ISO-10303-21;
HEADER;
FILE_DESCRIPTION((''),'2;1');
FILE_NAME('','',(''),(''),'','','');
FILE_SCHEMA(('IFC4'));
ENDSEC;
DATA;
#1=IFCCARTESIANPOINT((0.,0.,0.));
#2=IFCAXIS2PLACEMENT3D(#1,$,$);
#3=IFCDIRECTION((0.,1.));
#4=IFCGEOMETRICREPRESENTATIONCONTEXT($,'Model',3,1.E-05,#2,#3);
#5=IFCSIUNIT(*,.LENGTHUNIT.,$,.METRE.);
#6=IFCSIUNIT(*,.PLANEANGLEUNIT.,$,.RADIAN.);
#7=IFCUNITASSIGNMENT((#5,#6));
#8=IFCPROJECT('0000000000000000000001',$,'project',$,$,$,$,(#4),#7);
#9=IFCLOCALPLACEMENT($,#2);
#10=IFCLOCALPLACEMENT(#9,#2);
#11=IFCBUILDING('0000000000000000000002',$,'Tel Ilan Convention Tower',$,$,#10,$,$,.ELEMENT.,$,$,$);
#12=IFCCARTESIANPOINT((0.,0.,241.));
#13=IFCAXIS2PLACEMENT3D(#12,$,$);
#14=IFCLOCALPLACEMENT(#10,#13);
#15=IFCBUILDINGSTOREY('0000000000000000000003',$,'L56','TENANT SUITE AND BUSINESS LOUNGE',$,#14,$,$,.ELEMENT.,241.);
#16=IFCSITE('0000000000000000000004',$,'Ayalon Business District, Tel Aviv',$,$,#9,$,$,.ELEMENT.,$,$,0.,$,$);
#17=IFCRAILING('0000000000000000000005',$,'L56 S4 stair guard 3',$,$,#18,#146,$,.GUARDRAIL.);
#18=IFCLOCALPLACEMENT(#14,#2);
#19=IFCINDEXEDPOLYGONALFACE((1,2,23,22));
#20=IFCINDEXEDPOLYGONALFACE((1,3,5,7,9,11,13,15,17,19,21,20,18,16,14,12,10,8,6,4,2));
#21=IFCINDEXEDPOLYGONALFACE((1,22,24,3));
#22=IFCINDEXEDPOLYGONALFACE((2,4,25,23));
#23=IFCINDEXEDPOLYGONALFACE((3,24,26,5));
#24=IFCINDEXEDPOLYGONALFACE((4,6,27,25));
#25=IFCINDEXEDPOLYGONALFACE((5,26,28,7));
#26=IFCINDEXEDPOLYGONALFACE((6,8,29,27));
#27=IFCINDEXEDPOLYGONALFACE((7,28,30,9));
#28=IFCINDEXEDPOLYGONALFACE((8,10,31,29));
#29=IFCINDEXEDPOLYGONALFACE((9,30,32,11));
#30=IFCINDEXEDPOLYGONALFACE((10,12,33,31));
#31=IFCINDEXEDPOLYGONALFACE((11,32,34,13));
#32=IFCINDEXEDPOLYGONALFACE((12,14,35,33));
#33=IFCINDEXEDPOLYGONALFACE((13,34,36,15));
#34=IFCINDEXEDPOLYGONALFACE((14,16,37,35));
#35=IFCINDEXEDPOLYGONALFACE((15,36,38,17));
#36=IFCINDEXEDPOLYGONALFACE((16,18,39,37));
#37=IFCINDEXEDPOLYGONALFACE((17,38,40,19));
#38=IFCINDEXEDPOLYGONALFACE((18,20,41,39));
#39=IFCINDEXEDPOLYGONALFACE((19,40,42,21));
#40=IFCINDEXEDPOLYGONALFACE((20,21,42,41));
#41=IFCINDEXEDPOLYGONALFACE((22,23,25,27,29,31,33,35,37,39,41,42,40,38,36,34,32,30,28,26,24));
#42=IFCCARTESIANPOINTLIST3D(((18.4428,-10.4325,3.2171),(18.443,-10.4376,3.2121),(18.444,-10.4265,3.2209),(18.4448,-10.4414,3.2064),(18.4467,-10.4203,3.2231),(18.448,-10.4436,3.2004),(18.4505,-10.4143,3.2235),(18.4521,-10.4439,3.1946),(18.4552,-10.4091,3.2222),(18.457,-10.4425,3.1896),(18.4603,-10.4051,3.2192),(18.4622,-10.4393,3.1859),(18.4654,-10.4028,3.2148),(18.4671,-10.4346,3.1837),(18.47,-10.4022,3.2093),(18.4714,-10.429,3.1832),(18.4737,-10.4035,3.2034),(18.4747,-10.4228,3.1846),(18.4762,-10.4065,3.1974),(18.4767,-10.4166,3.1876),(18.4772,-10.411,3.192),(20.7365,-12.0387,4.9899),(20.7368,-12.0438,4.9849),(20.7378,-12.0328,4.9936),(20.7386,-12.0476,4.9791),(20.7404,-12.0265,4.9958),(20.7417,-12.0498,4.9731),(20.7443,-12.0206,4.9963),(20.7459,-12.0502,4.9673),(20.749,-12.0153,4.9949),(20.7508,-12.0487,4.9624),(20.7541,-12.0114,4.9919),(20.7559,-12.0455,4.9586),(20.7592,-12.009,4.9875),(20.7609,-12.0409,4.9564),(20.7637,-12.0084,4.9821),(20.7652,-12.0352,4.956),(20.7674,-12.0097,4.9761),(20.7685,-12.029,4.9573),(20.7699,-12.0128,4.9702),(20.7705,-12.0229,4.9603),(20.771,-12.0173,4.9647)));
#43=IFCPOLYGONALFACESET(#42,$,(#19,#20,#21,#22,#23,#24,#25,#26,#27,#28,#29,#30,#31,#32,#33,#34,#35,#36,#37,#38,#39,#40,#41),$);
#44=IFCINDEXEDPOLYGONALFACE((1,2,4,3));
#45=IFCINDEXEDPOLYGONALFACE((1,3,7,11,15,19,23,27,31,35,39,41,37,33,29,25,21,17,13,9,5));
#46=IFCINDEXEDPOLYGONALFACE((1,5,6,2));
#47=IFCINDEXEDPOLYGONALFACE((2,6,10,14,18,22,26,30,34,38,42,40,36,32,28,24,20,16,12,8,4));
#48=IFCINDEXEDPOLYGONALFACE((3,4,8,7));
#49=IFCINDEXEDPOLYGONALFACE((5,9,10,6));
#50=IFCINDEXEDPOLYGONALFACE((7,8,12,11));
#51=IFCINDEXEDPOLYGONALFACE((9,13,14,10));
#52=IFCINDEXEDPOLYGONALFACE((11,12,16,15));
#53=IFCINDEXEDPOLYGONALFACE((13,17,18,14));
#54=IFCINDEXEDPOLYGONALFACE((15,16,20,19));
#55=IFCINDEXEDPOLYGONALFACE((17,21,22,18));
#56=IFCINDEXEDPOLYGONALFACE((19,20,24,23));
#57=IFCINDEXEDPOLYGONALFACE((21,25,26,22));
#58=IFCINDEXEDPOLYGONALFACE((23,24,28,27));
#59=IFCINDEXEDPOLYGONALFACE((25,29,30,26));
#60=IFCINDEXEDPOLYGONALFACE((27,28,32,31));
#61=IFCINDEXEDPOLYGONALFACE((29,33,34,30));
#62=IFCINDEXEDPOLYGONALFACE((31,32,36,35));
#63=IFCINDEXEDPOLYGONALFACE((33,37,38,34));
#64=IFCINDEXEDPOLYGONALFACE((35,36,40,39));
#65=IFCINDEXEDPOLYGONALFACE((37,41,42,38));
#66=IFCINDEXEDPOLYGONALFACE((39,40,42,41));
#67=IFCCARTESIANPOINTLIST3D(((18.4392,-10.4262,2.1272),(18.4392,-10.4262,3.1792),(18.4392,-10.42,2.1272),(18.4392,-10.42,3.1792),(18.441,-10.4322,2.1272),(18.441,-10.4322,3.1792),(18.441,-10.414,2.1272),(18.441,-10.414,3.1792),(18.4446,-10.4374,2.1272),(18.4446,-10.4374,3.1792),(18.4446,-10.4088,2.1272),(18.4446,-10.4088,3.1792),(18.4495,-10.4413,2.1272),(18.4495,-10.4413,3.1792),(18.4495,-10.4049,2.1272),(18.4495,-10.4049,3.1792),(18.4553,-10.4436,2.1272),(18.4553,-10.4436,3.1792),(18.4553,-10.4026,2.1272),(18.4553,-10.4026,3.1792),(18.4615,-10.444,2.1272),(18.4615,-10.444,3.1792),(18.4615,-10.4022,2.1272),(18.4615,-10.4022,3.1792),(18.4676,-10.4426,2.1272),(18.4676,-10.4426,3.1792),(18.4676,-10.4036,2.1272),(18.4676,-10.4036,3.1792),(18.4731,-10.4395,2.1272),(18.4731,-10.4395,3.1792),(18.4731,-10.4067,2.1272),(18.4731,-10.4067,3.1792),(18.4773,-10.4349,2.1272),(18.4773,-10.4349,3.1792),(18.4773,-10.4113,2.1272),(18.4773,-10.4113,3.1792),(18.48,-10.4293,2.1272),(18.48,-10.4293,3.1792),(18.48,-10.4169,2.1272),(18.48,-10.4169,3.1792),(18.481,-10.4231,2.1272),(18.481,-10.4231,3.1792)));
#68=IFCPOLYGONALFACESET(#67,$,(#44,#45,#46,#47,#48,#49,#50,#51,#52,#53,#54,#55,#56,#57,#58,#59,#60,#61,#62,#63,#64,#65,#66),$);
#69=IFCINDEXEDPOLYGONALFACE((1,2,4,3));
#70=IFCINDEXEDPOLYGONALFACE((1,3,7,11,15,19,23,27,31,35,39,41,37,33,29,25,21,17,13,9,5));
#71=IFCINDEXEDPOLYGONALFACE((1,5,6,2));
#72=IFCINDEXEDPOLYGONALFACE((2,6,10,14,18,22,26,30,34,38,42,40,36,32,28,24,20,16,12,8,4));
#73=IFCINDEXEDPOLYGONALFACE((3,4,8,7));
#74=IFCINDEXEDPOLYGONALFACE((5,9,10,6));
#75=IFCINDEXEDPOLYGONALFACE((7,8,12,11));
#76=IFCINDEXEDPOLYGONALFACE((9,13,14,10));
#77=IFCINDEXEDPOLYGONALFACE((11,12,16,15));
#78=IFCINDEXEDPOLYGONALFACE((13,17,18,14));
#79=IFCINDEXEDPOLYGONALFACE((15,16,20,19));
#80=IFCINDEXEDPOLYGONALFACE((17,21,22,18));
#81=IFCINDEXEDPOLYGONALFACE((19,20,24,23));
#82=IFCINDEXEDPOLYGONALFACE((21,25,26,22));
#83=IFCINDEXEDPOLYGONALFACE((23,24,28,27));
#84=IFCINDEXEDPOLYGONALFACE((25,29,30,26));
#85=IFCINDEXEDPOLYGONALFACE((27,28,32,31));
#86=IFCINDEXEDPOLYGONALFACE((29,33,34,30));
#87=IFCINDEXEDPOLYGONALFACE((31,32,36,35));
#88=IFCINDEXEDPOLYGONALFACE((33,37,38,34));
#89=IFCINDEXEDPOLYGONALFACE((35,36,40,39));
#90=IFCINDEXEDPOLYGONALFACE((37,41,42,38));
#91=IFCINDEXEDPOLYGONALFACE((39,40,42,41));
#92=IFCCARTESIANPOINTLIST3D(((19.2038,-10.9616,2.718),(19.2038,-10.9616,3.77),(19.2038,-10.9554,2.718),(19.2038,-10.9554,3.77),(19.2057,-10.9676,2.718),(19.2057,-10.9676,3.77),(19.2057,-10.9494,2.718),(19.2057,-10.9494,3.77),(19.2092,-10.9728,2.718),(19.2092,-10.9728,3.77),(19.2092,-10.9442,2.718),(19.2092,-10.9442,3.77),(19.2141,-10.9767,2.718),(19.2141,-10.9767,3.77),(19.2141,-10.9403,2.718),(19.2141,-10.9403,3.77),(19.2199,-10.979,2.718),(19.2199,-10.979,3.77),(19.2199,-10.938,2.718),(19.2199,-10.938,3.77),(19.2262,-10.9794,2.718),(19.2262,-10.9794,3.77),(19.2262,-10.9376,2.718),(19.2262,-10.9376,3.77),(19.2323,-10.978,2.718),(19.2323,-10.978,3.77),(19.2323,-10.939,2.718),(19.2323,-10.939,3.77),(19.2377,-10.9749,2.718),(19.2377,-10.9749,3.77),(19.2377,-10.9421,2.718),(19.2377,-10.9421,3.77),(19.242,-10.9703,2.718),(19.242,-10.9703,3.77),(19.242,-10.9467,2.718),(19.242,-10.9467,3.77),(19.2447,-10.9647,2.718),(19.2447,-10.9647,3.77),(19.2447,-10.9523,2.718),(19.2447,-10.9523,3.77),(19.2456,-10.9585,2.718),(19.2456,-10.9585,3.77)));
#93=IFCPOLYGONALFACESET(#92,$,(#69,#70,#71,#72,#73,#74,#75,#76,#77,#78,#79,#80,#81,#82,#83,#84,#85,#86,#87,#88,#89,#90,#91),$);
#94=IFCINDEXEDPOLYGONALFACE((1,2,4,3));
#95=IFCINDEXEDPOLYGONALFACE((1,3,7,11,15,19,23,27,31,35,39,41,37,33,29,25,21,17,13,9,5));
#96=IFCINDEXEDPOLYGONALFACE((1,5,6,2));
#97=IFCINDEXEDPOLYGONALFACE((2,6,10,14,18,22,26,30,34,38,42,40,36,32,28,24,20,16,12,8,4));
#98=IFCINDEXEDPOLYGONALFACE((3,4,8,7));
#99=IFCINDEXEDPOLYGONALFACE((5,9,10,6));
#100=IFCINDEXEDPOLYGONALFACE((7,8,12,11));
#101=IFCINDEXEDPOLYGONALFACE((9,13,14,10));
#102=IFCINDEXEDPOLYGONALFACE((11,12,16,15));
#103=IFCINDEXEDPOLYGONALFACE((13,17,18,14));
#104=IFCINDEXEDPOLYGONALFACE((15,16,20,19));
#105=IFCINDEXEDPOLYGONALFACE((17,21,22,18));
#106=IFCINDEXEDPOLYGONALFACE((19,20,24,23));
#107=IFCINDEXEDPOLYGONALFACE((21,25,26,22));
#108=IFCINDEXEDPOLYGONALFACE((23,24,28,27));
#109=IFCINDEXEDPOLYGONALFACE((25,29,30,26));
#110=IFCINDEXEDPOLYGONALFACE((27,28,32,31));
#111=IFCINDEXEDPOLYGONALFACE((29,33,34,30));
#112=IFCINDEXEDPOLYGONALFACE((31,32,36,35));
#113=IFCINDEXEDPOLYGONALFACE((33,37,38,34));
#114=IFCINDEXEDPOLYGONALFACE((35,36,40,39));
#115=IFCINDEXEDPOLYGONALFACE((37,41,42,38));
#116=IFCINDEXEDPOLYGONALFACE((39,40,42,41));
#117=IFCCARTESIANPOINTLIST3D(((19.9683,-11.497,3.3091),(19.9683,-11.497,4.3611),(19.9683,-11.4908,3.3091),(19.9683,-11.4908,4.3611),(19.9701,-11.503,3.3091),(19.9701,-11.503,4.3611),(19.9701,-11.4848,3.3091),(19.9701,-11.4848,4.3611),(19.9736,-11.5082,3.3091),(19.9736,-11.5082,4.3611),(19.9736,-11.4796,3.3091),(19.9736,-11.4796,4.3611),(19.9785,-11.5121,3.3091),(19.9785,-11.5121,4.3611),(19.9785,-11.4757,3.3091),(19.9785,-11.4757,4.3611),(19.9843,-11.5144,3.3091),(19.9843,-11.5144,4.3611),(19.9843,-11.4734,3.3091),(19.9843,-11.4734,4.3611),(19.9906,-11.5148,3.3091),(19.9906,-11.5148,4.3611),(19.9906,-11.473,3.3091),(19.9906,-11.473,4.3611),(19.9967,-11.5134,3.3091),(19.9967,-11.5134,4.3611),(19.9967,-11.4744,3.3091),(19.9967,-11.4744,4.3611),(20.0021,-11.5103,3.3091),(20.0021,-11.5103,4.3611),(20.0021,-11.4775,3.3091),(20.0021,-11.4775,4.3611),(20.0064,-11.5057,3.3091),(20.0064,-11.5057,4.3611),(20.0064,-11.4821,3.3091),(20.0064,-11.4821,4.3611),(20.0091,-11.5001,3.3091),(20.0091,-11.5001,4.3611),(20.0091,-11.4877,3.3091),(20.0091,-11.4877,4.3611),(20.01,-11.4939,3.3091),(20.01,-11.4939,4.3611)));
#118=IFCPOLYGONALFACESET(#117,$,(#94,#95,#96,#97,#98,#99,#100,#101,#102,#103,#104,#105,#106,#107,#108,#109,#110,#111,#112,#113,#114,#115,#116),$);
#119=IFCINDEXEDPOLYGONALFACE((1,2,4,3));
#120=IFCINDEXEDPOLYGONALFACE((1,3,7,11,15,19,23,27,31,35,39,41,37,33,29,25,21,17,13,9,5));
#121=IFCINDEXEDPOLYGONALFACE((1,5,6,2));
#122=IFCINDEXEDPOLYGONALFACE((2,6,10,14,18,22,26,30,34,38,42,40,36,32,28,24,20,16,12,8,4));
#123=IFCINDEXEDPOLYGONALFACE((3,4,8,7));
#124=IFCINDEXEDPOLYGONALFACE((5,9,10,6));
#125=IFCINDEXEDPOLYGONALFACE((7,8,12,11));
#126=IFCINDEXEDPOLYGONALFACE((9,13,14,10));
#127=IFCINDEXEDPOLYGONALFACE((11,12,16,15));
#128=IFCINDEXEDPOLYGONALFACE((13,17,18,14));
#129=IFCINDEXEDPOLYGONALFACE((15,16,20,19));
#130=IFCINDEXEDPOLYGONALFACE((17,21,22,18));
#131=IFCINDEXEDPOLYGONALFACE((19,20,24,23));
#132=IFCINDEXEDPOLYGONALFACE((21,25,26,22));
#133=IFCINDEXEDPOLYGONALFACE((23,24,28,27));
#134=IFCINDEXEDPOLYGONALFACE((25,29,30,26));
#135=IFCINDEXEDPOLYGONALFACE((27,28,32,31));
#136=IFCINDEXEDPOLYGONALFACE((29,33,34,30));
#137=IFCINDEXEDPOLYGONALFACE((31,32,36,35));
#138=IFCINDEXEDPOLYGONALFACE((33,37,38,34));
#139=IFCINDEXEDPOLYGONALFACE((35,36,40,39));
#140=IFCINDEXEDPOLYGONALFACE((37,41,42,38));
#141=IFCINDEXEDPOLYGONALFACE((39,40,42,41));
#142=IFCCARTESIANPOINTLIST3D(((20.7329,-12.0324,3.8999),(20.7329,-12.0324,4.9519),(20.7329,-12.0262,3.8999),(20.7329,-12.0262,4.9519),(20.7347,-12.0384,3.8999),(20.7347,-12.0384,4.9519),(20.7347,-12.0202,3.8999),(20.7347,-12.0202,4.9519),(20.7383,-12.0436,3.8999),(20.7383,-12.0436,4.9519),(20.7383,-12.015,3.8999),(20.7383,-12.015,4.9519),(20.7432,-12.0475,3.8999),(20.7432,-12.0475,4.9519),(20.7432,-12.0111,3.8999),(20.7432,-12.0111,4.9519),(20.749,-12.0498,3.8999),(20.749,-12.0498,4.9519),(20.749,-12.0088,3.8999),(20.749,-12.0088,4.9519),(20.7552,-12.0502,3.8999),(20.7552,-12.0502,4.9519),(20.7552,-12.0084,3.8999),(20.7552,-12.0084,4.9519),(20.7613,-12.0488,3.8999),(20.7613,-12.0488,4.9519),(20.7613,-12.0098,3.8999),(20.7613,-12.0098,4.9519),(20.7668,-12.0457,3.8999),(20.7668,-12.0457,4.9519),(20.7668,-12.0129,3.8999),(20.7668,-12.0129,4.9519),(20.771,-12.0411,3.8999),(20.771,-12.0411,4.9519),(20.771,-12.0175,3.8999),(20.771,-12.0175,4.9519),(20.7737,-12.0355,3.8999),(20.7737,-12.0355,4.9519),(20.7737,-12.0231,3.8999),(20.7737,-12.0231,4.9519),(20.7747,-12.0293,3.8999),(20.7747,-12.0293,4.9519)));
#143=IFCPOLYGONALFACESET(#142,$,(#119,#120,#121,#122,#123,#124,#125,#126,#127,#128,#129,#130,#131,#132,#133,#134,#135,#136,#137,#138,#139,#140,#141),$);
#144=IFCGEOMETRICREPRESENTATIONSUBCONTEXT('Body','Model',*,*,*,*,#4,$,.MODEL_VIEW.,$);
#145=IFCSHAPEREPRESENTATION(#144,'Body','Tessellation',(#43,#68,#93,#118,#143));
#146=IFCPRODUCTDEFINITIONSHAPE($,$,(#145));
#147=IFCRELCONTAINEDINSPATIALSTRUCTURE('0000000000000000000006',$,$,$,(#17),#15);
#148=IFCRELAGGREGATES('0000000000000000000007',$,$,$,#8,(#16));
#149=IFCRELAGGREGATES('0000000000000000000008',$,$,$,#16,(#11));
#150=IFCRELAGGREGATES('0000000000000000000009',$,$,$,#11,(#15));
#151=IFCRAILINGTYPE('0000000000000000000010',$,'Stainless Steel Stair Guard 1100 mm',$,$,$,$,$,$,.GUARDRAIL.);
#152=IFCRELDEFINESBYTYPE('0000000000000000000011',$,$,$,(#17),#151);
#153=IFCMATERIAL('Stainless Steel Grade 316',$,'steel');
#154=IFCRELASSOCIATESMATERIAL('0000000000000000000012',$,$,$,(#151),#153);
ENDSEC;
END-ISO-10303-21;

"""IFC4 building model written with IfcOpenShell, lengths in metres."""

from ifc_helpers import new_model, si_unit, direction, frame, origin, origin_2d, place, context, subcontext, project, spatial, circle, extrude, material, type_object, element, save


model = new_model("IFC4")

# Units and contexts
model_context = context("Model", 3, precision=1e-05, world=origin(), true_north=direction((0.0, 1.0)))
body_context = subcontext(model_context, "Body", "Model", "MODEL_VIEW")
ifc_project = project(units=[si_unit("LENGTHUNIT", "METRE"), si_unit("PLANEANGLEUNIT", "RADIAN")], contexts=[model_context])

# Site, building, storey
site_placement = place(None, origin())
site = spatial("IfcSite", under=ifc_project, at=site_placement, Name="Ayalon Business District, Tel Aviv", CompositionType="ELEMENT", RefElevation=0.0)
building_placement = place(site_placement, origin())
building = spatial("IfcBuilding", under=site, at=building_placement, Name="Tel Ilan Convention Tower", CompositionType="ELEMENT")
storey_placement = place(building_placement, frame((0.0, 0.0, 241.0)))
storey = spatial("IfcBuildingStorey", under=building, at=storey_placement, Name="L56", Description="TENANT SUITE AND BUSINESS LOUNGE", CompositionType="ELEMENT", Elevation=241.0)

# Railing
ifc_material_1 = material(Name="Stainless Steel Grade 316", Category="steel")
railing_type_1 = type_object("IfcRailingType", Name="Stainless Steel Stair Guard 1100 mm", PredefinedType="GUARDRAIL", material=ifc_material_1)
railing_1_placement = place(storey_placement, frame((18.46, -10.4231, 2.1272)))
element("IfcRailing", 1, at=railing_1_placement, inside=storey, type_object=railing_type_1, Name="L56 S4 stair guard 3", PredefinedType="GUARDRAIL", context=body_context, shape_type="SweptSolid", body=[
    extrude(circle(Radius=0.0239, at=origin_2d()), frame((0.0, 0.0, 1.0762), z_axis=(0.692098, -0.484653, 0.534894), x_axis=(0.573609, 0.81913, 0.0)), (0.0, 0.0, 1.0), 3.3142),
    extrude(circle(Radius=0.021, at=origin_2d()), origin(), (0.0, 0.0, 1.0), 1.052),
    extrude(circle(Radius=0.021, at=origin_2d()), frame((0.7646, -0.5354, 0.5908)), (0.0, 0.0, 1.0), 1.052),
    extrude(circle(Radius=0.021, at=origin_2d()), frame((1.5291, -1.0708, 1.1819)), (0.0, 0.0, 1.0), 1.052),
    extrude(circle(Radius=0.021, at=origin_2d()), frame((2.2937, -1.6062, 1.7727)), (0.0, 0.0, 1.0), 1.052),
])

save(model, "model.ifc")
